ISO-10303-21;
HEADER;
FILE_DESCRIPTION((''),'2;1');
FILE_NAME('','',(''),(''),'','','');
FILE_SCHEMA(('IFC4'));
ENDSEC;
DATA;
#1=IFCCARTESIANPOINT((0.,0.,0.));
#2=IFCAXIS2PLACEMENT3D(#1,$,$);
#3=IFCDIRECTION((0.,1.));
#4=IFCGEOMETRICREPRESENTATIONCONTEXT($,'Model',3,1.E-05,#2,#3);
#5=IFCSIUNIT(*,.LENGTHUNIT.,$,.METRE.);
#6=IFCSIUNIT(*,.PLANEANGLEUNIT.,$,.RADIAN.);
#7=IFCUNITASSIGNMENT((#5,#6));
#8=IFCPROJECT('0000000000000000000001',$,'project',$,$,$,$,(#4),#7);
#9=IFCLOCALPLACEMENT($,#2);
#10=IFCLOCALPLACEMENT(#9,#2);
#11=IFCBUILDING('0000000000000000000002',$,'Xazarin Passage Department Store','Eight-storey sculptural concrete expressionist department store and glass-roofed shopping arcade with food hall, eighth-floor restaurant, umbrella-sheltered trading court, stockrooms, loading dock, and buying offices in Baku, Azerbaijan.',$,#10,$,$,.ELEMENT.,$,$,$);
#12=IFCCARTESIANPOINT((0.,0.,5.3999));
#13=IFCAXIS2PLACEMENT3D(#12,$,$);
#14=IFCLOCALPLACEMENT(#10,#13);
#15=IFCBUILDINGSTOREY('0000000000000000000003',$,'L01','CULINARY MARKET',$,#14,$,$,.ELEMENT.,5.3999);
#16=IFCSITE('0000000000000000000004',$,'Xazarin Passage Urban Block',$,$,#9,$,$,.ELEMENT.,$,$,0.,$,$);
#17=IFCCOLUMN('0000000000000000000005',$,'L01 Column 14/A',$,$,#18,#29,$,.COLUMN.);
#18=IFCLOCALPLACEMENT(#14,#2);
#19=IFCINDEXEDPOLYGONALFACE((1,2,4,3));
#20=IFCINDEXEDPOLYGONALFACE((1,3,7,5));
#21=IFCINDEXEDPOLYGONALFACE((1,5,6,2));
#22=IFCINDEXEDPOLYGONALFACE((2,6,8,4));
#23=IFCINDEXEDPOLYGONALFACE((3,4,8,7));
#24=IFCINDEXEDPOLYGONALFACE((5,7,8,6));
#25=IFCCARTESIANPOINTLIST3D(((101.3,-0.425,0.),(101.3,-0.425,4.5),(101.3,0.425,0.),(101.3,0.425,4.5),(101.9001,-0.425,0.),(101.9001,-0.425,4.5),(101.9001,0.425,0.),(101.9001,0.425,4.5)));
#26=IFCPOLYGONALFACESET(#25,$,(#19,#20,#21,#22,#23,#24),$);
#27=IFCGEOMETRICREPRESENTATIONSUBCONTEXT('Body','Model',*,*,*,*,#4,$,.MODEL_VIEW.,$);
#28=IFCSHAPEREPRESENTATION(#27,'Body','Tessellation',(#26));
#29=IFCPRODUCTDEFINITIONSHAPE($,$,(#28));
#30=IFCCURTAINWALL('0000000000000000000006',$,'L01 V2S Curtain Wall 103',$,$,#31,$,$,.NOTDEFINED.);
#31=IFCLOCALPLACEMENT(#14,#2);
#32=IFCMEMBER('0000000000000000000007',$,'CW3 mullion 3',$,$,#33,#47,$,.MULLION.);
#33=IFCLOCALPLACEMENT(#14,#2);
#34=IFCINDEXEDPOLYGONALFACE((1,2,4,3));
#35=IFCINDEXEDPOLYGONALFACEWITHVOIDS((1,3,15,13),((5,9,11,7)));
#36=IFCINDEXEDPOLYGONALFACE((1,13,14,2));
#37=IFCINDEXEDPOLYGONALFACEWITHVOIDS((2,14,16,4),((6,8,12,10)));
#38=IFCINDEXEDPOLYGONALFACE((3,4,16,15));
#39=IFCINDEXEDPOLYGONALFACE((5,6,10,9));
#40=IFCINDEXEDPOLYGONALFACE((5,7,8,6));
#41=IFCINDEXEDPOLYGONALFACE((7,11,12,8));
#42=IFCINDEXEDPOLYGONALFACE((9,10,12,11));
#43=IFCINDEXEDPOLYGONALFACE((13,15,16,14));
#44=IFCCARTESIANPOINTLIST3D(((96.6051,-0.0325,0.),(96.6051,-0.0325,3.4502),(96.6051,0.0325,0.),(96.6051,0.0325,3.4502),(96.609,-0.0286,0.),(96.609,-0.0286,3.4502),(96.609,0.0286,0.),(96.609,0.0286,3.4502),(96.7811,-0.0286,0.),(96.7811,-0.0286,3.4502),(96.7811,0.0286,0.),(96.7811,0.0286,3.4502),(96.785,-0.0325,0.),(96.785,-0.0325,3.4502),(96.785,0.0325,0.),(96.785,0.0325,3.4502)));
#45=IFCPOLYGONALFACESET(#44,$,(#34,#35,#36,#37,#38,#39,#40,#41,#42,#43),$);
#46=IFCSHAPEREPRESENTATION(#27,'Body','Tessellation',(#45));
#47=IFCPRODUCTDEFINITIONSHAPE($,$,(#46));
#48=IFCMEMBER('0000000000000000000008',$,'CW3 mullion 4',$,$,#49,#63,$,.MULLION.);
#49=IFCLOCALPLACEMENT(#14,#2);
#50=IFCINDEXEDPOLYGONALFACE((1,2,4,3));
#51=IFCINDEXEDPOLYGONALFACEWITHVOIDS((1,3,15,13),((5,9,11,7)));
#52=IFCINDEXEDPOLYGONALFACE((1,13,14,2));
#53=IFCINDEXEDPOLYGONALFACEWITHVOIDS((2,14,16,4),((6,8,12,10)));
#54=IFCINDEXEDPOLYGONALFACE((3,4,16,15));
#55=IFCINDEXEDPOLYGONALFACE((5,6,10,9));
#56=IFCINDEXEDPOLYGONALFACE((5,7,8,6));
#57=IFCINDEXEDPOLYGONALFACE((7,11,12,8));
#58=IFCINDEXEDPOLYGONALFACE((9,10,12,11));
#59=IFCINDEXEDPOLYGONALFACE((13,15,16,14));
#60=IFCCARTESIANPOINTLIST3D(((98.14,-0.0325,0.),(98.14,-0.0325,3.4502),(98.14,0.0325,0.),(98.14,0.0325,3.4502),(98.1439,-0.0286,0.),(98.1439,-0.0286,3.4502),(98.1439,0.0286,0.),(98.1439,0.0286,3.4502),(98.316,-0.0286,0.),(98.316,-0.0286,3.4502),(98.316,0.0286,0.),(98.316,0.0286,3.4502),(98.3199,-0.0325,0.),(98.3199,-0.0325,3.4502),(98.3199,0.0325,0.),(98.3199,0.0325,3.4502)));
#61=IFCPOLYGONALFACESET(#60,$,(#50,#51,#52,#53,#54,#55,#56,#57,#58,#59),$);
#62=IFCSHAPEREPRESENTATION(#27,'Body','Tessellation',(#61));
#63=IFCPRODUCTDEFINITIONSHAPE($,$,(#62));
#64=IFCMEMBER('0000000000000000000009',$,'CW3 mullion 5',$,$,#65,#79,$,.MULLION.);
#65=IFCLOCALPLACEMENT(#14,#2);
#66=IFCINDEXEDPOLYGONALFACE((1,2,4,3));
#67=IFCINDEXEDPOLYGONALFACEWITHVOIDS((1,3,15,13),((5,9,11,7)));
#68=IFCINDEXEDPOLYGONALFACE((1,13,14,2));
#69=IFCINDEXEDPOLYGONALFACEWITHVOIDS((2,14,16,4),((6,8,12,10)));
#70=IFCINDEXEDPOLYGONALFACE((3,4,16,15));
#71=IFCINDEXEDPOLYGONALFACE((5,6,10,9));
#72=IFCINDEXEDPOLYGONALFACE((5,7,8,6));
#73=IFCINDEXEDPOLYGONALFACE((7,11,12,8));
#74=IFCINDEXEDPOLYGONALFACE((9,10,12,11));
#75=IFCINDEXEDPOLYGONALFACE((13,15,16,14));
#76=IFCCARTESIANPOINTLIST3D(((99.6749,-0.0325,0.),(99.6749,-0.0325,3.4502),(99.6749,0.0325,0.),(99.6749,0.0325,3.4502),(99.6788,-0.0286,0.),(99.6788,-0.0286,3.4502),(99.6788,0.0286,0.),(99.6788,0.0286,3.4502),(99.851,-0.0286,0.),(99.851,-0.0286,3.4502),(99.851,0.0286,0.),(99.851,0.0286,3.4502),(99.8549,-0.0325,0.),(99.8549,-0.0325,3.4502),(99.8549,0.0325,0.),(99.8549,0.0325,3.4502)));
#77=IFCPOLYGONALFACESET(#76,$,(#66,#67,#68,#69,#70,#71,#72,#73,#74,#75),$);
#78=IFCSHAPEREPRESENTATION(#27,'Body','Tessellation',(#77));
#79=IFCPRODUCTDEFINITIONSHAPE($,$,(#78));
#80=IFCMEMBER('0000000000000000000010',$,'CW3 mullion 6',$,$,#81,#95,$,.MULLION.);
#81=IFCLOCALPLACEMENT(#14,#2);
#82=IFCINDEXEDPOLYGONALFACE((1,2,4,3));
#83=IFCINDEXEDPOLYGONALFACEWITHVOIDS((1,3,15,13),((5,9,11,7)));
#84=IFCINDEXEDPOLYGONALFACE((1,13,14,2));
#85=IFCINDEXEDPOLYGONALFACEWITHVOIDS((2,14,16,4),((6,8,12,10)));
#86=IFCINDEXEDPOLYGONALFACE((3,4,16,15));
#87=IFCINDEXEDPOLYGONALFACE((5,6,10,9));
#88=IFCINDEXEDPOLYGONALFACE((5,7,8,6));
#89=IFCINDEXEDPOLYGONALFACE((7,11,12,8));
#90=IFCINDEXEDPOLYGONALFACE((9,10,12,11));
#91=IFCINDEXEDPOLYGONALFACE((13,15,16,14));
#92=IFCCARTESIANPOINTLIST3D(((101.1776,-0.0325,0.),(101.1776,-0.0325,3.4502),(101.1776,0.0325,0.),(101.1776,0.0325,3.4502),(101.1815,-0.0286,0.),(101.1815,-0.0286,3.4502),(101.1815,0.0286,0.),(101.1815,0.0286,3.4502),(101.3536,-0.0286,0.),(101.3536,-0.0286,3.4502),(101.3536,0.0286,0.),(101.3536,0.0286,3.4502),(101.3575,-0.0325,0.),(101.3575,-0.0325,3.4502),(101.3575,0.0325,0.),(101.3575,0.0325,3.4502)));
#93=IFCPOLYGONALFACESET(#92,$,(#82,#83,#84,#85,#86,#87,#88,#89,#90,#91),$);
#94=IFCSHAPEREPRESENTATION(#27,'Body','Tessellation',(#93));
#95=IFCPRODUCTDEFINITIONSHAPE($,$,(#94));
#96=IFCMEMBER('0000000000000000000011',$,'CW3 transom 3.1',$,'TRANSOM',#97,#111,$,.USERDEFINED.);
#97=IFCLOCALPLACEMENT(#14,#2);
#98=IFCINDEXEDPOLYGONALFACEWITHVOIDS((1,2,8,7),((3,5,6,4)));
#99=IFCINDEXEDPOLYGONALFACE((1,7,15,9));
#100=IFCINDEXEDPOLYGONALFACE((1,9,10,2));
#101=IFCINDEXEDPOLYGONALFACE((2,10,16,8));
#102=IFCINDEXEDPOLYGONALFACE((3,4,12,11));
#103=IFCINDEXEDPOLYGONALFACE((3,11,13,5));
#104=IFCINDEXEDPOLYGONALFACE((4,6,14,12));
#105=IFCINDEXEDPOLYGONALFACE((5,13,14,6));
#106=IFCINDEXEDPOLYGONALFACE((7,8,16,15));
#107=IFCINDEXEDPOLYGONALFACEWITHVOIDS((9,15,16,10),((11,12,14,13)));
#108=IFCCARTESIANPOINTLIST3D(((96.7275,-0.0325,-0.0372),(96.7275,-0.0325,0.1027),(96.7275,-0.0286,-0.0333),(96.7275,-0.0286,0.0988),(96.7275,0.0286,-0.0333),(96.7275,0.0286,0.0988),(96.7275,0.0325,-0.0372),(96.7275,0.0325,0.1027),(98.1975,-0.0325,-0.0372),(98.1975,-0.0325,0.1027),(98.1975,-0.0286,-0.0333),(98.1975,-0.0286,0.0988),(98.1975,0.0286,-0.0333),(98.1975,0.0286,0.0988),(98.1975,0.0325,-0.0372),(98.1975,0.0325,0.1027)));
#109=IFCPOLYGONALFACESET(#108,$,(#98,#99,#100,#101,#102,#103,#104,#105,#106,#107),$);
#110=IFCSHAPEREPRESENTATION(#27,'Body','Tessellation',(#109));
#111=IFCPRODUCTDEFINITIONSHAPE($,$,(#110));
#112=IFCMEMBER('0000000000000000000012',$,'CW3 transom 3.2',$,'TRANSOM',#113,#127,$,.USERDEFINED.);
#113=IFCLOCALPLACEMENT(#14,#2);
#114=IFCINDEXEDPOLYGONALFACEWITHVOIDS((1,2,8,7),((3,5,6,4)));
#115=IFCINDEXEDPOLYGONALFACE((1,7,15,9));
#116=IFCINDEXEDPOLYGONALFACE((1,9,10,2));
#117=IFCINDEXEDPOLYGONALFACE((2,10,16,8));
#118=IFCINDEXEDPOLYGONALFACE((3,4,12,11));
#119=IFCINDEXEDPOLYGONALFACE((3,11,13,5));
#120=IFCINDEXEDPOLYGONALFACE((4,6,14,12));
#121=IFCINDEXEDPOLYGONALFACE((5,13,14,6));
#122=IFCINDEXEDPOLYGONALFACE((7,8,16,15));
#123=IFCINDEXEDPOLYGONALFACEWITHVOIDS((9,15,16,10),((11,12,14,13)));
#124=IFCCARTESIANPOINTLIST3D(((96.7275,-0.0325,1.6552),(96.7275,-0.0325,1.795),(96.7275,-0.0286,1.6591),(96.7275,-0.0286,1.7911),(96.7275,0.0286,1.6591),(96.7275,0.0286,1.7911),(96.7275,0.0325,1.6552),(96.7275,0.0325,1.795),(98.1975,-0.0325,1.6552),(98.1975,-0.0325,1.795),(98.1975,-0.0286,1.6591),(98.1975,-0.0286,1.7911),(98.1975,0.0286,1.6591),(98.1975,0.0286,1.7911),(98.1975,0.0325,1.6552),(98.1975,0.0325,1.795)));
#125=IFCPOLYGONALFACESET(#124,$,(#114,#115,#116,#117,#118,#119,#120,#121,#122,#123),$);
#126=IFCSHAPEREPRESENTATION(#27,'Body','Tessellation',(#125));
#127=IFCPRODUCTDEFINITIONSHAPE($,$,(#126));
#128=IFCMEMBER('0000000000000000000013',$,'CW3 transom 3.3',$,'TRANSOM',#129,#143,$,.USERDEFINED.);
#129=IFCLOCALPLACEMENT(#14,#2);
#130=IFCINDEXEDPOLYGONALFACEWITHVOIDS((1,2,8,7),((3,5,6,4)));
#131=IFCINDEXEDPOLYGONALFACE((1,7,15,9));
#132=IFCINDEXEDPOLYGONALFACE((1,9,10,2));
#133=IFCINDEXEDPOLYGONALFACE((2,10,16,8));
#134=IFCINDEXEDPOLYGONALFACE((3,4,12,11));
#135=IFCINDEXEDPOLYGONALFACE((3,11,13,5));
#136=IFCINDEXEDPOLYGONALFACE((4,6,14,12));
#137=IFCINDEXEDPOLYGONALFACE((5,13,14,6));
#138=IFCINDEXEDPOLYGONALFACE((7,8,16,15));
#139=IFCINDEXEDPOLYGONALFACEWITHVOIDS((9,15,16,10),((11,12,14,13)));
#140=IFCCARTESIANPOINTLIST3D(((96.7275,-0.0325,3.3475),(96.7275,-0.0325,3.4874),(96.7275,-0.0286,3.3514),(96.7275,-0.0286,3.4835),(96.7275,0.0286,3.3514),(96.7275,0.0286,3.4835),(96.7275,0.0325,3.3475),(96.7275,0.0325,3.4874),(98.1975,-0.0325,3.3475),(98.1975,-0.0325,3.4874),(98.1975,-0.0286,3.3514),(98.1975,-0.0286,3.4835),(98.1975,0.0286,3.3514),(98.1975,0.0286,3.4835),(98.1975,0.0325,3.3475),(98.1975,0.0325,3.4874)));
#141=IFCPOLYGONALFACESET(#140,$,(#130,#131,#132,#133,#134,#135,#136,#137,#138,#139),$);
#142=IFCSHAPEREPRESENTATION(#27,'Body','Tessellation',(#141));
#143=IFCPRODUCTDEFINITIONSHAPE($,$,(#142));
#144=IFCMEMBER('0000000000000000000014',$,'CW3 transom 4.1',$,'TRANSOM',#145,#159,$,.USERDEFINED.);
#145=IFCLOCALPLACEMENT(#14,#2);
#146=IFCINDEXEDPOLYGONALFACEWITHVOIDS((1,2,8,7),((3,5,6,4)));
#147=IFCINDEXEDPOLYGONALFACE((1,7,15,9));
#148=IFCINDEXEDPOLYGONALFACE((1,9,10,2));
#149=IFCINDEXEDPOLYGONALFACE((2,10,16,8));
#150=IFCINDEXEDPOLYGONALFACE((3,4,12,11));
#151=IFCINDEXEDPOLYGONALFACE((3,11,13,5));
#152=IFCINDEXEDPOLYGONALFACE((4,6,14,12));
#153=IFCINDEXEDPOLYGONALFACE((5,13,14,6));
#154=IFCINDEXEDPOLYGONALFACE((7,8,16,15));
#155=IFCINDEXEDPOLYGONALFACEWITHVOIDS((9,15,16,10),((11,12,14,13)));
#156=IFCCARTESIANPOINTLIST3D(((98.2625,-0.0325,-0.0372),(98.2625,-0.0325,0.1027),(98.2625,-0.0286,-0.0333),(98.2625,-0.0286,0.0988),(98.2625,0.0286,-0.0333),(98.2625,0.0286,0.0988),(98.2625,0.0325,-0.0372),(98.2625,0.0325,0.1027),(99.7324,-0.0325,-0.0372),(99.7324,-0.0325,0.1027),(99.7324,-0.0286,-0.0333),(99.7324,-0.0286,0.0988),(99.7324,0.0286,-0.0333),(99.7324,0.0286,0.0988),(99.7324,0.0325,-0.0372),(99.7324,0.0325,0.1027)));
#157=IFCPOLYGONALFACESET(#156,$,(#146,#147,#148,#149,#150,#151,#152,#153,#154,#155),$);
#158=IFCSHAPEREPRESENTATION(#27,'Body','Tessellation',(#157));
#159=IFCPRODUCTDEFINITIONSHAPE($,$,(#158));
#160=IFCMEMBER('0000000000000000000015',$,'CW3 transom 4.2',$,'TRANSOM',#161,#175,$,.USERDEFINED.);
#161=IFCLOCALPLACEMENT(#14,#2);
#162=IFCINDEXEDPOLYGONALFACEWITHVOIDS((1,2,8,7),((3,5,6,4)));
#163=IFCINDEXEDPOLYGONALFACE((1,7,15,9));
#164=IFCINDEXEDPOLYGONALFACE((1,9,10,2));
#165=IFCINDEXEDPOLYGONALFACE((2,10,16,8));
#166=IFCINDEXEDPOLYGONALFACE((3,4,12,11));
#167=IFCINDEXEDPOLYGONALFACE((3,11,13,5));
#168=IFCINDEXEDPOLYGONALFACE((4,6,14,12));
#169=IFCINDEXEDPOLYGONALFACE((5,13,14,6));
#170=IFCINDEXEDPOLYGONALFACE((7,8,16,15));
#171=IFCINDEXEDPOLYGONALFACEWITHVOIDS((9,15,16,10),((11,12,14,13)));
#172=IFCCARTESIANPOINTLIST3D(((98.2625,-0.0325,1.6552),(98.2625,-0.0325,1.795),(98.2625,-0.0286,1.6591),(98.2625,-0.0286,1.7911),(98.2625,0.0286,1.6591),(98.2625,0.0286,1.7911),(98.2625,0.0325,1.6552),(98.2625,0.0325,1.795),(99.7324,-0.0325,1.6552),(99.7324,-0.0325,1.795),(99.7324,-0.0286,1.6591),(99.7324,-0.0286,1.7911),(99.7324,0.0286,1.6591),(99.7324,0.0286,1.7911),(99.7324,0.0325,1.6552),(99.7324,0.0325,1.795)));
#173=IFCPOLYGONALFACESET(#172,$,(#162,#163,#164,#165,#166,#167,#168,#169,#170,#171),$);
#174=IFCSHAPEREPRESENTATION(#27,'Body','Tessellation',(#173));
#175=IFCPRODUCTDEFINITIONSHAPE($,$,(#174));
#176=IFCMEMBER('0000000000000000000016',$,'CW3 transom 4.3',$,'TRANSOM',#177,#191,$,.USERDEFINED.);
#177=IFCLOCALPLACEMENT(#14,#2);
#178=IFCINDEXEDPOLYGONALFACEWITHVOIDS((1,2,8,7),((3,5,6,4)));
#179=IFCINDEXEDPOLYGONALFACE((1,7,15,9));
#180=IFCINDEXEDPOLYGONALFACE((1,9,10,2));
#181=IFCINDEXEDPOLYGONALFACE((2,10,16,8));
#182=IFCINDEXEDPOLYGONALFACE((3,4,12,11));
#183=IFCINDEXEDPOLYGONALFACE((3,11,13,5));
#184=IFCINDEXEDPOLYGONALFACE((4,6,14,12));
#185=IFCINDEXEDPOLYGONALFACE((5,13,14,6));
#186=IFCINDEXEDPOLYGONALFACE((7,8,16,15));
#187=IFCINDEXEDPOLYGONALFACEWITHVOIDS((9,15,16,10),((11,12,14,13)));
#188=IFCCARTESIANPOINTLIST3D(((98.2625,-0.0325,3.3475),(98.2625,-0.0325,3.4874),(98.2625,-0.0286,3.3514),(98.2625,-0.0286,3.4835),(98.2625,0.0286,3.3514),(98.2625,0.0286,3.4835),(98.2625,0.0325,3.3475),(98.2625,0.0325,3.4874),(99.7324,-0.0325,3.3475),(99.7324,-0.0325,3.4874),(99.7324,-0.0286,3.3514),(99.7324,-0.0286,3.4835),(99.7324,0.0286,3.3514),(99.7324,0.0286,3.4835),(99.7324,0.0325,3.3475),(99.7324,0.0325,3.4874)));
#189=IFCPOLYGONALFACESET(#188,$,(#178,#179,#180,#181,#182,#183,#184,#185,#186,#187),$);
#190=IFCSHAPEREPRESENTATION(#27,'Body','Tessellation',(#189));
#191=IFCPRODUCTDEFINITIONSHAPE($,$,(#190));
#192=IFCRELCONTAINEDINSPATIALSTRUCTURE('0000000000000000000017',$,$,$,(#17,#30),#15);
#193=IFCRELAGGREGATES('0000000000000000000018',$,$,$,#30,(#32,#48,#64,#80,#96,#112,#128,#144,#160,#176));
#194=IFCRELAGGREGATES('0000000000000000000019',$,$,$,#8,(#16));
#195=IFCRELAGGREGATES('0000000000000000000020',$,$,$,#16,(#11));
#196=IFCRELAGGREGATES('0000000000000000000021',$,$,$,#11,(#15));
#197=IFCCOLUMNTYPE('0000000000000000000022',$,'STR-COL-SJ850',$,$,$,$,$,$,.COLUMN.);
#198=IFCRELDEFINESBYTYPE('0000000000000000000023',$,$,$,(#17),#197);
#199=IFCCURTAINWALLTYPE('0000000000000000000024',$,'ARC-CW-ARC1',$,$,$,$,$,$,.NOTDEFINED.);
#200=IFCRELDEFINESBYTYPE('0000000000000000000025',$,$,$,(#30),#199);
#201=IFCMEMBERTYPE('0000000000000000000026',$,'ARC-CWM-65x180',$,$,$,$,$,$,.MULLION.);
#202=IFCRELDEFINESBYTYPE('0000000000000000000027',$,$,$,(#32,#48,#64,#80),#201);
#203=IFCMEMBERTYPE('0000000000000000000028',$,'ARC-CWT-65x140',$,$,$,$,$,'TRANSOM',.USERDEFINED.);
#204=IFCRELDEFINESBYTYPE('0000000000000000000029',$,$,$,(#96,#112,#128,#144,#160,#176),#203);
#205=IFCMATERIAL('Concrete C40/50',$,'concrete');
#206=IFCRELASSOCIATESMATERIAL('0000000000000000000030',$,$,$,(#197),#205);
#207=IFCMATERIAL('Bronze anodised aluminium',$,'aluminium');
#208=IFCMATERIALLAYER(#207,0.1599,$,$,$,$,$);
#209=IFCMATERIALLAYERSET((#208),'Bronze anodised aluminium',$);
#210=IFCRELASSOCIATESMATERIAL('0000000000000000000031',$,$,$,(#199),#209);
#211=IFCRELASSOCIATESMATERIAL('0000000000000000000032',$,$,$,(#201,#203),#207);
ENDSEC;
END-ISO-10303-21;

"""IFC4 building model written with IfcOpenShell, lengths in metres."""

from ifc_helpers import new_model, si_unit, direction, frame, origin, origin_2d, place, context, subcontext, project, spatial, rectangle, hollow_rectangle, extrude, material, layer, layer_set, material_profile, profile_set, type_object, element, aggregate, save


model = new_model("IFC4")

# Units and contexts
model_context = context("Model", 3, precision=1e-05, world=origin(), true_north=direction((0.0, 1.0)))
body_context = subcontext(model_context, "Body", "Model", "MODEL_VIEW")
ifc_project = project(units=[si_unit("LENGTHUNIT", "METRE"), si_unit("PLANEANGLEUNIT", "RADIAN")], contexts=[model_context])

# Site, building, storey
site_placement = place(None, origin())
site = spatial("IfcSite", under=ifc_project, at=site_placement, Name="Xazarin Passage Urban Block", CompositionType="ELEMENT", RefElevation=0.0)
building_placement = place(site_placement, origin())
building = spatial("IfcBuilding", under=site, at=building_placement, Name="Xazarin Passage Department Store", Description="Eight-storey sculptural concrete expressionist department store and glass-roofed shopping arcade with food hall, eighth-floor restaurant, umbrella-sheltered trading court, stockrooms, loading dock, and buying offices in Baku, Azerbaijan.", CompositionType="ELEMENT")
storey_placement = place(building_placement, frame((0.0, 0.0, 5.3999)))
storey = spatial("IfcBuildingStorey", under=building, at=storey_placement, Name="L01", Description="CULINARY MARKET", CompositionType="ELEMENT", Elevation=5.3999)

# Column
ifc_material_1 = material(Name="Concrete C40/50", Category="concrete")
ifc_material_profile_1 = material_profile(ifc_material_1, rectangle(XDim=0.6001, YDim=0.8501, at=origin_2d()), Name="RC 600x850")
ifc_profile_set_1 = profile_set([ifc_material_profile_1], Name="Concrete C40/50")
column_type = type_object("IfcColumnType", Name="STR-COL-SJ850", PredefinedType="COLUMN", material=ifc_profile_set_1)
column_placement = place(storey_placement, frame((101.6001, 0.0, 0.0), z_axis=(0.0, 0.0, 1.0), x_axis=(1.0, 0.0, 0.0)))
element("IfcColumn", 1, at=column_placement, inside=storey, type_object=column_type, Name="L01 Column 14/A", PredefinedType="COLUMN", context=body_context, shape_type="SweptSolid", body=[
    extrude(rectangle(XDim=0.6001, YDim=0.8501, at=origin_2d()), origin(), (0.0, 0.0, 1.0), 4.5),
])

# Curtain wall, members
ifc_material_2 = material(Name="Bronze anodised aluminium", Category="aluminium")
ifc_layer_1 = layer(ifc_material_2, 0.1599)
ifc_layer_set_1 = layer_set([ifc_layer_1], Name="Bronze anodised aluminium")
curtain_wall_type = type_object("IfcCurtainWallType", Name="ARC-CW-ARC1", PredefinedType="NOTDEFINED", material=ifc_layer_set_1)
curtain_wall_placement = place(storey_placement, origin())
curtain_wall = element("IfcCurtainWall", 2, at=curtain_wall_placement, inside=storey, type_object=curtain_wall_type, Name="L01 V2S Curtain Wall 103", PredefinedType="NOTDEFINED")
ifc_material_profile_2 = material_profile(ifc_material_2, hollow_rectangle(XDim=0.0649, YDim=0.1799, WallThickness=0.0039, at=origin_2d()), Name="ALU 65x180")
ifc_profile_set_2 = profile_set([ifc_material_profile_2], Name="Bronze anodised aluminium")
member_type_1 = type_object("IfcMemberType", Name="ARC-CWM-65x180", PredefinedType="MULLION", material=ifc_profile_set_2)
member_1_placement = place(storey_placement, frame((96.6951, 0.0, 0.0), z_axis=(0.0, 0.0, 1.0), x_axis=(0.0, 1.0, 0.0)))
member_1 = element("IfcMember", 3, at=member_1_placement, type_object=member_type_1, Name="CW3 mullion 3", PredefinedType="MULLION", context=body_context, shape_type="SweptSolid", body=[
    extrude(hollow_rectangle(XDim=0.0649, YDim=0.1799, WallThickness=0.0039, at=origin_2d()), origin(), (0.0, 0.0, 1.0), 3.4502),
])
member_2_placement = place(storey_placement, frame((98.23, 0.0, 0.0), z_axis=(0.0, 0.0, 1.0), x_axis=(0.0, 1.0, 0.0)))
member_2 = element("IfcMember", 4, at=member_2_placement, type_object=member_type_1, Name="CW3 mullion 4", PredefinedType="MULLION", context=body_context, shape_type="SweptSolid", body=[
    extrude(hollow_rectangle(XDim=0.0649, YDim=0.1799, WallThickness=0.0039, at=origin_2d()), origin(), (0.0, 0.0, 1.0), 3.4502),
])
member_3_placement = place(storey_placement, frame((99.7649, 0.0, 0.0), z_axis=(0.0, 0.0, 1.0), x_axis=(0.0, 1.0, 0.0)))
member_3 = element("IfcMember", 5, at=member_3_placement, type_object=member_type_1, Name="CW3 mullion 5", PredefinedType="MULLION", context=body_context, shape_type="SweptSolid", body=[
    extrude(hollow_rectangle(XDim=0.0649, YDim=0.1799, WallThickness=0.0039, at=origin_2d()), origin(), (0.0, 0.0, 1.0), 3.4502),
])
member_4_placement = place(storey_placement, frame((101.2676, 0.0, 0.0), z_axis=(0.0, 0.0, 1.0), x_axis=(0.0, 1.0, 0.0)))
member_4 = element("IfcMember", 6, at=member_4_placement, type_object=member_type_1, Name="CW3 mullion 6", PredefinedType="MULLION", context=body_context, shape_type="SweptSolid", body=[
    extrude(hollow_rectangle(XDim=0.0649, YDim=0.1799, WallThickness=0.0039, at=origin_2d()), origin(), (0.0, 0.0, 1.0), 3.4502),
])
ifc_material_profile_3 = material_profile(ifc_material_2, hollow_rectangle(XDim=0.0649, YDim=0.1399, WallThickness=0.0039, at=origin_2d()), Name="ALU 65x140")
ifc_profile_set_3 = profile_set([ifc_material_profile_3], Name="Bronze anodised aluminium")
member_type_2 = type_object("IfcMemberType", Name="ARC-CWT-65x140", ElementType="TRANSOM", PredefinedType="USERDEFINED", material=ifc_profile_set_3)
member_5_placement = place(storey_placement, frame((96.7275, 0.0, 0.0327), z_axis=(1.0, 0.0, 0.0), x_axis=(0.0, 1.0, 0.0)))
member_5 = element("IfcMember", 7, at=member_5_placement, type_object=member_type_2, Name="CW3 transom 3.1", ObjectType="TRANSOM", PredefinedType="USERDEFINED", context=body_context, shape_type="SweptSolid", body=[
    extrude(hollow_rectangle(XDim=0.0649, YDim=0.1399, WallThickness=0.0039, at=origin_2d()), origin(), (0.0, 0.0, 1.0), 1.47),
])
member_6_placement = place(storey_placement, frame((96.7275, 0.0, 1.7251), z_axis=(1.0, 0.0, 0.0), x_axis=(0.0, 1.0, 0.0)))
member_6 = element("IfcMember", 8, at=member_6_placement, type_object=member_type_2, Name="CW3 transom 3.2", ObjectType="TRANSOM", PredefinedType="USERDEFINED", context=body_context, shape_type="SweptSolid", body=[
    extrude(hollow_rectangle(XDim=0.0649, YDim=0.1399, WallThickness=0.0039, at=origin_2d()), origin(), (0.0, 0.0, 1.0), 1.47),
])
member_7_placement = place(storey_placement, frame((96.7275, 0.0, 3.4175), z_axis=(1.0, 0.0, 0.0), x_axis=(0.0, 1.0, 0.0)))
member_7 = element("IfcMember", 9, at=member_7_placement, type_object=member_type_2, Name="CW3 transom 3.3", ObjectType="TRANSOM", PredefinedType="USERDEFINED", context=body_context, shape_type="SweptSolid", body=[
    extrude(hollow_rectangle(XDim=0.0649, YDim=0.1399, WallThickness=0.0039, at=origin_2d()), origin(), (0.0, 0.0, 1.0), 1.47),
])
member_8_placement = place(storey_placement, frame((98.2625, 0.0, 0.0327), z_axis=(1.0, 0.0, 0.0), x_axis=(0.0, 1.0, 0.0)))
member_8 = element("IfcMember", 10, at=member_8_placement, type_object=member_type_2, Name="CW3 transom 4.1", ObjectType="TRANSOM", PredefinedType="USERDEFINED", context=body_context, shape_type="SweptSolid", body=[
    extrude(hollow_rectangle(XDim=0.0649, YDim=0.1399, WallThickness=0.0039, at=origin_2d()), origin(), (0.0, 0.0, 1.0), 1.47),
])
member_9_placement = place(storey_placement, frame((98.2625, 0.0, 1.7251), z_axis=(1.0, 0.0, 0.0), x_axis=(0.0, 1.0, 0.0)))
member_9 = element("IfcMember", 11, at=member_9_placement, type_object=member_type_2, Name="CW3 transom 4.2", ObjectType="TRANSOM", PredefinedType="USERDEFINED", context=body_context, shape_type="SweptSolid", body=[
    extrude(hollow_rectangle(XDim=0.0649, YDim=0.1399, WallThickness=0.0039, at=origin_2d()), origin(), (0.0, 0.0, 1.0), 1.47),
])
member_10_placement = place(storey_placement, frame((98.2625, 0.0, 3.4175), z_axis=(1.0, 0.0, 0.0), x_axis=(0.0, 1.0, 0.0)))
member_10 = element("IfcMember", 12, at=member_10_placement, type_object=member_type_2, Name="CW3 transom 4.3", ObjectType="TRANSOM", PredefinedType="USERDEFINED", context=body_context, shape_type="SweptSolid", body=[
    extrude(hollow_rectangle(XDim=0.0649, YDim=0.1399, WallThickness=0.0039, at=origin_2d()), origin(), (0.0, 0.0, 1.0), 1.47),
])

aggregate(curtain_wall, [member_1, member_2, member_3, member_4, member_5, member_6, member_7, member_8, member_9, member_10])

save(model, "model.ifc")
